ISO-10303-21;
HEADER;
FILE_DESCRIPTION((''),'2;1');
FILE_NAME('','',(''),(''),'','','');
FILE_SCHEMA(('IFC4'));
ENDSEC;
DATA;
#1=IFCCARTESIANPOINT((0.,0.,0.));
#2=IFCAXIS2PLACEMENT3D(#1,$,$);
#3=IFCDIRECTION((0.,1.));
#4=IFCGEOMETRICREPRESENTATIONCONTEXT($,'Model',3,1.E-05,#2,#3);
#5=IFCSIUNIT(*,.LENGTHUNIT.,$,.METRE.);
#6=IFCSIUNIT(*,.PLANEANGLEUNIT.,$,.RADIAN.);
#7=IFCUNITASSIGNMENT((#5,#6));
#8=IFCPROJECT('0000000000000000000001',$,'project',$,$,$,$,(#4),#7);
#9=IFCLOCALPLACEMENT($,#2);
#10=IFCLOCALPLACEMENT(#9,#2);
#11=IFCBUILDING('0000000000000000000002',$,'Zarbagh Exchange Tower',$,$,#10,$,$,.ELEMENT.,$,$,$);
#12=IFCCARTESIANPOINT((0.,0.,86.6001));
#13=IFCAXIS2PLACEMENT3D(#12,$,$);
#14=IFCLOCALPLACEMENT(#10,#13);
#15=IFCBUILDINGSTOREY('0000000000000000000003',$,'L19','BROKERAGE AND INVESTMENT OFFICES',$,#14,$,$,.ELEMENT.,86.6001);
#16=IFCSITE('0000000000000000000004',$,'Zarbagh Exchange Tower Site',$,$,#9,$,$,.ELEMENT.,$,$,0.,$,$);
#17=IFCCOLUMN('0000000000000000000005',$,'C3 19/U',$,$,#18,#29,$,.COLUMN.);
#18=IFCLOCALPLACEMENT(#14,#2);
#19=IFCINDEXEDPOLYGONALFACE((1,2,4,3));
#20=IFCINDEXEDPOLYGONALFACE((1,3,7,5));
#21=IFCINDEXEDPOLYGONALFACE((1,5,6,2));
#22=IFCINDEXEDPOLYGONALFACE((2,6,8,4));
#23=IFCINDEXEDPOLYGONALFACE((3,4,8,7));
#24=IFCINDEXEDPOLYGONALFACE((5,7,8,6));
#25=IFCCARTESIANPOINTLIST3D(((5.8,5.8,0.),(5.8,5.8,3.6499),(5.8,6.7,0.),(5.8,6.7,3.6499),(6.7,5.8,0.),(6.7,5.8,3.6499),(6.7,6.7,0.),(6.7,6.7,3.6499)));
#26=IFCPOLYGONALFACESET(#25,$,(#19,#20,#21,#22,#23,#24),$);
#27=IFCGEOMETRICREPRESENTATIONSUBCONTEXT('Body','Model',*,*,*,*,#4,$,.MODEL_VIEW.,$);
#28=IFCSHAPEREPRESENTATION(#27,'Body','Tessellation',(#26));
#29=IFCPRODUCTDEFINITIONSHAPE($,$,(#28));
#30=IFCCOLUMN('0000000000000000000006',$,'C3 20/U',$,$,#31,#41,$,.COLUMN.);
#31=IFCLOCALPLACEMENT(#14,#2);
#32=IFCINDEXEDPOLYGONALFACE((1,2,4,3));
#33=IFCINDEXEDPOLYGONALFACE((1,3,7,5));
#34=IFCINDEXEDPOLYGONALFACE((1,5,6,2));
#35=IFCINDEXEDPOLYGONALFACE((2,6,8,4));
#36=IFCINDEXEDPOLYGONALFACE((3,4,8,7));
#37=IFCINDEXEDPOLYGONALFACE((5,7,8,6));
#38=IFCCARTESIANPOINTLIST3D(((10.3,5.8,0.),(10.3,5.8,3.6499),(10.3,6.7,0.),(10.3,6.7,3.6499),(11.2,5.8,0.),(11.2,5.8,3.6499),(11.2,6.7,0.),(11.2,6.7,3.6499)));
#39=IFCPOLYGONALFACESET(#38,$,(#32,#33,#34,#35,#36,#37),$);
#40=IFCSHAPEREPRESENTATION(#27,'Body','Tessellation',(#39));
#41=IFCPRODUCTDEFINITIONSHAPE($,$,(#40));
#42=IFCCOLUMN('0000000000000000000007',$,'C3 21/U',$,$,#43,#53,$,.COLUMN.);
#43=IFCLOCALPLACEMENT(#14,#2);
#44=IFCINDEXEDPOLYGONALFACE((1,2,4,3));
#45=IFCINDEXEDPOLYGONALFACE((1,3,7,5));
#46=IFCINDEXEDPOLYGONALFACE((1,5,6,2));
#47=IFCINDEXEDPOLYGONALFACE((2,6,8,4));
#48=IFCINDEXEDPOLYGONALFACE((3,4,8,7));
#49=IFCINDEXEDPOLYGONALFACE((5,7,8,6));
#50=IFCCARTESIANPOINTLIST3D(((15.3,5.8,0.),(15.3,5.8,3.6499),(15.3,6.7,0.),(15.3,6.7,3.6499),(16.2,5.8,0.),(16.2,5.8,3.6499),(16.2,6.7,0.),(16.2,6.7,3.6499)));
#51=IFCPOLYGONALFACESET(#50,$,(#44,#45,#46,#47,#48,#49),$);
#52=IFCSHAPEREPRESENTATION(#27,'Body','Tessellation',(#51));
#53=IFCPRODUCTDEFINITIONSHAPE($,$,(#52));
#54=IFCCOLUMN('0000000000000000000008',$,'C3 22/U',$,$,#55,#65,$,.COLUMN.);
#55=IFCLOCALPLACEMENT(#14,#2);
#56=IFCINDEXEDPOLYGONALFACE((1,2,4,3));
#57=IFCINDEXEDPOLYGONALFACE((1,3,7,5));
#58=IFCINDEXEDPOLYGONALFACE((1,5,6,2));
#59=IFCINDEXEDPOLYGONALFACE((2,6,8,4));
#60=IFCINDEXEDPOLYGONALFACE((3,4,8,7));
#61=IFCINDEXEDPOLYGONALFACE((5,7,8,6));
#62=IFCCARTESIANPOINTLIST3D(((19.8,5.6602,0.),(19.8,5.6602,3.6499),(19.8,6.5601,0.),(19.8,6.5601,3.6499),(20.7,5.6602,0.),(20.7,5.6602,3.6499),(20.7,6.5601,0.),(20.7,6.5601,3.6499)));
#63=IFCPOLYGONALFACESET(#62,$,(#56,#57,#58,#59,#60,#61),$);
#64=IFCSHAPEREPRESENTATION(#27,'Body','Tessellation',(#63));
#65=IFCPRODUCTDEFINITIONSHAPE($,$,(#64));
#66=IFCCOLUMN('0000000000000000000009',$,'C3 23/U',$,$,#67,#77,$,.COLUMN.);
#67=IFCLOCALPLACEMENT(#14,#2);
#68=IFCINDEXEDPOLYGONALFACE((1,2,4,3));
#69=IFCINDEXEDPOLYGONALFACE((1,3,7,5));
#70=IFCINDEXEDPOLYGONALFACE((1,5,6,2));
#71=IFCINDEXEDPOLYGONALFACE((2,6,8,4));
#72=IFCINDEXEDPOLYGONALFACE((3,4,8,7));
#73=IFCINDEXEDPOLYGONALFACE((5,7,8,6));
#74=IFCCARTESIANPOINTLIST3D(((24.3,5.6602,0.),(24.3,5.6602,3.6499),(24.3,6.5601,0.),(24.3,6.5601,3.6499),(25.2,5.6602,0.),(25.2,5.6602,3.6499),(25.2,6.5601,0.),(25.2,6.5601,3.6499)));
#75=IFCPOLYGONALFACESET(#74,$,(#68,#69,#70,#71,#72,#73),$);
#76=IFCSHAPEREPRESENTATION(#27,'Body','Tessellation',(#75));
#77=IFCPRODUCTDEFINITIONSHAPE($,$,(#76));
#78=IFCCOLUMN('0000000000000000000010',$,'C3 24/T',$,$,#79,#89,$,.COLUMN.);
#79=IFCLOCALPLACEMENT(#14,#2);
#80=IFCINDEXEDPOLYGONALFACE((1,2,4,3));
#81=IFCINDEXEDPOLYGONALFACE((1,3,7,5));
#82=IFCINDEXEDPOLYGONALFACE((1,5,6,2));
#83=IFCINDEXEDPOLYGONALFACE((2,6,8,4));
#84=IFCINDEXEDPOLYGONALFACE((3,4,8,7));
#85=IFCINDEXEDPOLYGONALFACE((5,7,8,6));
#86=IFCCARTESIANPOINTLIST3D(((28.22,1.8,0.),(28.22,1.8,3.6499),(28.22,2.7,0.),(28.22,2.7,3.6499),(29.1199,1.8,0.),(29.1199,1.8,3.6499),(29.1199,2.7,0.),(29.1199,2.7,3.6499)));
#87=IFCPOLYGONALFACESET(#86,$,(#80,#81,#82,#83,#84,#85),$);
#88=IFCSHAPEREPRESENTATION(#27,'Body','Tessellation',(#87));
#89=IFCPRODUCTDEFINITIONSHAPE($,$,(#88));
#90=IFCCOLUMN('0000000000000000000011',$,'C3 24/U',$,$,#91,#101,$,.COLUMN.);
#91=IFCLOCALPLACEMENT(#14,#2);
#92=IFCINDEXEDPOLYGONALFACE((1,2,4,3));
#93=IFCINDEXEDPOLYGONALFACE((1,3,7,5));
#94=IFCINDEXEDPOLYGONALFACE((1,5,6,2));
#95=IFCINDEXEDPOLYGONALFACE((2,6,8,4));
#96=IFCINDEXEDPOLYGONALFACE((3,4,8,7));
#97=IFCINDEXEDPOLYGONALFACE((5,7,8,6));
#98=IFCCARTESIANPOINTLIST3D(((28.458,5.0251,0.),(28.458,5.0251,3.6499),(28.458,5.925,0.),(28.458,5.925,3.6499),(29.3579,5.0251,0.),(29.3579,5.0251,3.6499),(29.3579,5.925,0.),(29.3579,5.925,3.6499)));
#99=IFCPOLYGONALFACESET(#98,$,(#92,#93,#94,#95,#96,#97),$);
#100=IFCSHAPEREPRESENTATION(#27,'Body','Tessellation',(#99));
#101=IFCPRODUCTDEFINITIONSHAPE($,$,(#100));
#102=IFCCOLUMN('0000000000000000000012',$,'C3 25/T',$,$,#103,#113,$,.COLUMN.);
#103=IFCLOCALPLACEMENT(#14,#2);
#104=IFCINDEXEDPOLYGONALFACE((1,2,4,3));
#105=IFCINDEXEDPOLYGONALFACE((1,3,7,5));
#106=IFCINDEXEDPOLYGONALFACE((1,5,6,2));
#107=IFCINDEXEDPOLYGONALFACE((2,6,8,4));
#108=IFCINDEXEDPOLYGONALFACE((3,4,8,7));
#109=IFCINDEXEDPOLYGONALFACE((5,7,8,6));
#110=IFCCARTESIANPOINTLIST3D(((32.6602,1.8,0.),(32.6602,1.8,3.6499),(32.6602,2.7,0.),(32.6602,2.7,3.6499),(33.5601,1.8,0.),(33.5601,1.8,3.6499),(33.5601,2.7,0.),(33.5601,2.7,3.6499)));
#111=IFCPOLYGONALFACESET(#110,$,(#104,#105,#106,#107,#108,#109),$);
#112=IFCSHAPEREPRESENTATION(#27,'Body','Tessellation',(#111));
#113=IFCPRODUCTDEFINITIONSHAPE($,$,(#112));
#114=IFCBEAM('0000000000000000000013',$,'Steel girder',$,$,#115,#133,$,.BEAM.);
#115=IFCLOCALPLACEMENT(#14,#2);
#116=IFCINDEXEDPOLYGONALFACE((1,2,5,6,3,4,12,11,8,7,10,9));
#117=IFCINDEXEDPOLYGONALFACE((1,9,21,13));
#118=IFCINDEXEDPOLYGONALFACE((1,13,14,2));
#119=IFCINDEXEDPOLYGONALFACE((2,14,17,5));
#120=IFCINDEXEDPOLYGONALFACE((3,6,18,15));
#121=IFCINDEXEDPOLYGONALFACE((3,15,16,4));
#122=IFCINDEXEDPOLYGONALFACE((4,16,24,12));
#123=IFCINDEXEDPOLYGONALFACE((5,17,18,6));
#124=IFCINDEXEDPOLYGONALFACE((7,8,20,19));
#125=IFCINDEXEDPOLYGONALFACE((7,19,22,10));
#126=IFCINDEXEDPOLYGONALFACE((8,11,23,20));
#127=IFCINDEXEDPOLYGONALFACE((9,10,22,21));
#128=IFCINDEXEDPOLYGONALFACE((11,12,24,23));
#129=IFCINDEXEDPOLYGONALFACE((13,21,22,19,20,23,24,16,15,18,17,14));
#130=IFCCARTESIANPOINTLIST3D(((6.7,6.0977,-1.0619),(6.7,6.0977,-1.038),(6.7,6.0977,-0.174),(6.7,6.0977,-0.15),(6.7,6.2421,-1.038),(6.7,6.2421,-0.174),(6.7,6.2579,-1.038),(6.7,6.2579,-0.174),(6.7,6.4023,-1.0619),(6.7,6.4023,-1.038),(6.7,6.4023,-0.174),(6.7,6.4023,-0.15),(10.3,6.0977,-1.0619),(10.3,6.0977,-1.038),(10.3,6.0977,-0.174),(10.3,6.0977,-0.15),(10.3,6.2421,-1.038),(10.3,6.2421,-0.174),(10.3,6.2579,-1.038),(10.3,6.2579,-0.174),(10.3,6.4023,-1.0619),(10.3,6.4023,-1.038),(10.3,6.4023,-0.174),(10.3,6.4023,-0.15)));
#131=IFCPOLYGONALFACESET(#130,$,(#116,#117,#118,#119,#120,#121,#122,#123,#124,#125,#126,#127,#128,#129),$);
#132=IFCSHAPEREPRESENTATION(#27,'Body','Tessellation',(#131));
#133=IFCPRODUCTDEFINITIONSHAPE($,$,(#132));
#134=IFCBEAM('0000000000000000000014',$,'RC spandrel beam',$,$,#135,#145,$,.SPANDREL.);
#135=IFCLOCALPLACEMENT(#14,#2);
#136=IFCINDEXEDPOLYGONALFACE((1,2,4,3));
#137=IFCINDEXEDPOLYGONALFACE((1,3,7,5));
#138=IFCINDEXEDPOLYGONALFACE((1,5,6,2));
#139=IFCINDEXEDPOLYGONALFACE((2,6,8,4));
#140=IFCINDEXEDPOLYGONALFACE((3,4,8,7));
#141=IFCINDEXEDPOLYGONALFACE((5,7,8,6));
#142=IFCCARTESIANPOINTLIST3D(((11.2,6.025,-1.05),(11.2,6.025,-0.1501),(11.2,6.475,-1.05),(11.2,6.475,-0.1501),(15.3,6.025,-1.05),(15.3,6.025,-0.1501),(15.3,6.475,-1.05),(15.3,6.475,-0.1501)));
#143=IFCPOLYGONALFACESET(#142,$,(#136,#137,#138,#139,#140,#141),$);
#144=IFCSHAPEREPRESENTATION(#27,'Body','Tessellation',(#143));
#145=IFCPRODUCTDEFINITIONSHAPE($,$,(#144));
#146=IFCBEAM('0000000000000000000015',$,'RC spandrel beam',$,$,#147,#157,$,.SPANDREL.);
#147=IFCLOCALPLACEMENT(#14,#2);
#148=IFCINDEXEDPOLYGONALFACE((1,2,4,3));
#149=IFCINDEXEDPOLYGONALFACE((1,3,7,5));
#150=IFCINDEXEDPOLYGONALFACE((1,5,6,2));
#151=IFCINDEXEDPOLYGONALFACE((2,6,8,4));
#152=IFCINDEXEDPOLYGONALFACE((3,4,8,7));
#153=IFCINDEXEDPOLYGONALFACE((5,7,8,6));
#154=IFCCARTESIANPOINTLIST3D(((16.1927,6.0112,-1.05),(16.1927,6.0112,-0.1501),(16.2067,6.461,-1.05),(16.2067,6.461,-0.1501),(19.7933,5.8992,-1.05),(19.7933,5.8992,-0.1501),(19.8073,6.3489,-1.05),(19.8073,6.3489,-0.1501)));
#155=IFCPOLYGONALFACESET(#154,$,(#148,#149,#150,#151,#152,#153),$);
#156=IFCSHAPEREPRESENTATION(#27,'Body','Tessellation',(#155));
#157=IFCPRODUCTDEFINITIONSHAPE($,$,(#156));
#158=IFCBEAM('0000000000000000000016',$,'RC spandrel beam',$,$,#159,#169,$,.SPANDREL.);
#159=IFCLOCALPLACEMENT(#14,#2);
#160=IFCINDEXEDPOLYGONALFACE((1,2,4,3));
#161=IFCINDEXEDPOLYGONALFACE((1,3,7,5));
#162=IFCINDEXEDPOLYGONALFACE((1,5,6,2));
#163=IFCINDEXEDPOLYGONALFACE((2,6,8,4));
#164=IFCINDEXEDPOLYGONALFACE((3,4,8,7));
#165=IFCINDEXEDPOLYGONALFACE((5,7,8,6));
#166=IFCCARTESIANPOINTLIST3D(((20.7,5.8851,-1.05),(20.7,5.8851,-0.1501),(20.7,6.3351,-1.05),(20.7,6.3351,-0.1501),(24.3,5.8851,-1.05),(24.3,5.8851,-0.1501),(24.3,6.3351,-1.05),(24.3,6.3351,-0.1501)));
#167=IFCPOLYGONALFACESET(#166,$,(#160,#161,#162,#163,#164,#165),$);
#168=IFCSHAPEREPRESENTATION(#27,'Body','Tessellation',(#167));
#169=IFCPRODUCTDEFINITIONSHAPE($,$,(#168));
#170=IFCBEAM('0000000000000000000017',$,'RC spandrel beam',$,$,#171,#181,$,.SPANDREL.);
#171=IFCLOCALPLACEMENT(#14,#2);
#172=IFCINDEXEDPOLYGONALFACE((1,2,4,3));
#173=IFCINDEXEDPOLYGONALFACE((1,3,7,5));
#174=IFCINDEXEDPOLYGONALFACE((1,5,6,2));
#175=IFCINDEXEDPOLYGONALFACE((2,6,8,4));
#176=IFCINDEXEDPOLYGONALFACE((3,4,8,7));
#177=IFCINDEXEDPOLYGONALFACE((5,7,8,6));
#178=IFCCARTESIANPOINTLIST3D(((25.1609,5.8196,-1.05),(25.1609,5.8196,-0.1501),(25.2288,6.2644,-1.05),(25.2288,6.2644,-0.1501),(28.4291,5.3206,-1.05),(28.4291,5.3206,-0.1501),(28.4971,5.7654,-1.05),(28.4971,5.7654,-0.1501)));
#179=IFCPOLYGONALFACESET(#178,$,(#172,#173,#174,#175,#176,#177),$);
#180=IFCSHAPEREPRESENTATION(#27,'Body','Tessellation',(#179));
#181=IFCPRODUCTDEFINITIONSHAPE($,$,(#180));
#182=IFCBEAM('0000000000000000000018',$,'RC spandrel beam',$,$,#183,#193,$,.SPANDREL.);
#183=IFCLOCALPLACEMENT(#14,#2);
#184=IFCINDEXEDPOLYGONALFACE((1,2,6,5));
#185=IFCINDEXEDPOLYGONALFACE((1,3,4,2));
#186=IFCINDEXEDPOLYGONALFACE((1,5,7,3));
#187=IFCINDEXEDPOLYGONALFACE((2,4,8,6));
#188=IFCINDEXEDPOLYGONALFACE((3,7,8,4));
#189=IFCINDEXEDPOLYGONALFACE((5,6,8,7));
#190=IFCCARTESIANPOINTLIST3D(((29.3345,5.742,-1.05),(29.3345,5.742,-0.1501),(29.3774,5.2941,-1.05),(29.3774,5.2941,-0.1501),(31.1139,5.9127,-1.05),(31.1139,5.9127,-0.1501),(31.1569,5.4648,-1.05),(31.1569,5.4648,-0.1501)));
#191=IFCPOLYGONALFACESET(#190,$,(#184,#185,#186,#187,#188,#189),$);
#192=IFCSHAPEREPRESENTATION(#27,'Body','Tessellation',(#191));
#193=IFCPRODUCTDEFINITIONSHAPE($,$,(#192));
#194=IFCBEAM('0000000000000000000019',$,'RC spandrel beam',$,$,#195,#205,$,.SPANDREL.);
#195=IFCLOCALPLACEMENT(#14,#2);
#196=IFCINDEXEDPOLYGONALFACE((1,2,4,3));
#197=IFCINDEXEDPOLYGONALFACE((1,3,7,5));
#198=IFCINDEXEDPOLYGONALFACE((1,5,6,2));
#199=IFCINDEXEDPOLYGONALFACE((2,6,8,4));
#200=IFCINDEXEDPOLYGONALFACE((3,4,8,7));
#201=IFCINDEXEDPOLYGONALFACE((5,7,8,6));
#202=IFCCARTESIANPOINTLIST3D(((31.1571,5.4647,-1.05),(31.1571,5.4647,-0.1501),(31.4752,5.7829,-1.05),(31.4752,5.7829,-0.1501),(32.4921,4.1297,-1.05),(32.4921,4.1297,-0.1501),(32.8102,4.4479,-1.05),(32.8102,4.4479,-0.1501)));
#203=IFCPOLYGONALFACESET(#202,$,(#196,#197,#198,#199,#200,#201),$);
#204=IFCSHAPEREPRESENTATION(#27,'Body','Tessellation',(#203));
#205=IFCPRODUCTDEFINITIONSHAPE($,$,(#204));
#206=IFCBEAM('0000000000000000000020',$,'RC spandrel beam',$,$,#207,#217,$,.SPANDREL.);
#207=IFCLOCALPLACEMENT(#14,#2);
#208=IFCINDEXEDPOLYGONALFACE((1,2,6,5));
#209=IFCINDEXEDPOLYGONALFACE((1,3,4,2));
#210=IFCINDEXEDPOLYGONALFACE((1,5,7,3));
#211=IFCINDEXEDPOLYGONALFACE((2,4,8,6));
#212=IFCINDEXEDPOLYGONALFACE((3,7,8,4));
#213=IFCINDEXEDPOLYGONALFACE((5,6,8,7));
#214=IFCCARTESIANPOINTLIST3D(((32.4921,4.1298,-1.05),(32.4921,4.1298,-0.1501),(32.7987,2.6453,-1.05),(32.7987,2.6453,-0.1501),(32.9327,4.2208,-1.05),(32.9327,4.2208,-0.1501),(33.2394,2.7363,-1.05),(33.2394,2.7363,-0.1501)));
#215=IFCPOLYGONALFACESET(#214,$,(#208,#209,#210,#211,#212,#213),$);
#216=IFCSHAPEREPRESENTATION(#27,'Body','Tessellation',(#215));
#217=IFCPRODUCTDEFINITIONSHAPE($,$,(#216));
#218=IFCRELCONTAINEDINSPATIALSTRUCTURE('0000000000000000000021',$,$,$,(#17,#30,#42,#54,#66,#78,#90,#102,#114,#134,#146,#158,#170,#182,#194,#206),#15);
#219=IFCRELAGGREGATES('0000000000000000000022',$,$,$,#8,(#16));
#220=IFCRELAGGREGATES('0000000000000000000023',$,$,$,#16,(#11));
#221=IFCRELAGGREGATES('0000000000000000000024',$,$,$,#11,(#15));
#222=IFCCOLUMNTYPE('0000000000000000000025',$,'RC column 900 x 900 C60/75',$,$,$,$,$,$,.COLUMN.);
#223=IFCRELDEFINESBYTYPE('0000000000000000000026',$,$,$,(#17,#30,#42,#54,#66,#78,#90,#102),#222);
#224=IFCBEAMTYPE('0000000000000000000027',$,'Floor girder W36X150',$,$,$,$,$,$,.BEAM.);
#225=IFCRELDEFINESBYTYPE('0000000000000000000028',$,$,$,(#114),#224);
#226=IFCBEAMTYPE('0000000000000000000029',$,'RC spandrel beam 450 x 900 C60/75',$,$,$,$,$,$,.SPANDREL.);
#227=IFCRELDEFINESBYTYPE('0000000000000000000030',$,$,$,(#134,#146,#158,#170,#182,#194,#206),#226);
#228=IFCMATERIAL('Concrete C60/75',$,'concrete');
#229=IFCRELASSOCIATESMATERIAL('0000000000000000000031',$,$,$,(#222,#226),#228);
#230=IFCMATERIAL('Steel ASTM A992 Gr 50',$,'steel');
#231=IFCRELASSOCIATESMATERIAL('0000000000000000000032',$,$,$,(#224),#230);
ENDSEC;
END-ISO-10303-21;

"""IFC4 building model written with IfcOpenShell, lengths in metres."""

from ifc_helpers import new_model, si_unit, direction, frame, origin, origin_2d, place, context, subcontext, project, spatial, rectangle, i_section, extrude, material, material_profile, profile_set, type_object, element, save


model = new_model("IFC4")

# Units and contexts
model_context = context("Model", 3, precision=1e-05, world=origin(), true_north=direction((0.0, 1.0)))
body_context = subcontext(model_context, "Body", "Model", "MODEL_VIEW")
ifc_project = project(units=[si_unit("LENGTHUNIT", "METRE"), si_unit("PLANEANGLEUNIT", "RADIAN")], contexts=[model_context])

# Site, building, storey
site_placement = place(None, origin())
site = spatial("IfcSite", under=ifc_project, at=site_placement, Name="Zarbagh Exchange Tower Site", CompositionType="ELEMENT", RefElevation=0.0)
building_placement = place(site_placement, origin())
building = spatial("IfcBuilding", under=site, at=building_placement, Name="Zarbagh Exchange Tower", CompositionType="ELEMENT")
storey_placement = place(building_placement, frame((0.0, 0.0, 86.6001)))
storey = spatial("IfcBuildingStorey", under=building, at=storey_placement, Name="L19", Description="BROKERAGE AND INVESTMENT OFFICES", CompositionType="ELEMENT", Elevation=86.6001)

# Columns
ifc_material_1 = material(Name="Concrete C60/75", Category="concrete")
ifc_material_profile_1 = material_profile(ifc_material_1, rectangle(XDim=0.8999, YDim=0.8999, at=origin_2d()), Name="RC column 900 x 900 C60/75")
ifc_profile_set_1 = profile_set([ifc_material_profile_1], Name="Concrete C60/75")
column_type = type_object("IfcColumnType", Name="RC column 900 x 900 C60/75", PredefinedType="COLUMN", material=ifc_profile_set_1)
for number, where, z_axis, x_axis, name in (
    (1, (6.25, 6.25, 0.0), (0.0, 0.0, 1.0), (1.0, 0.0, 0.0), "C3 19/U"),
    (2, (10.75, 6.25, 0.0), (0.0, 0.0, 1.0), (1.0, 0.0, 0.0), "C3 20/U"),
    (3, (15.75, 6.25, 0.0), (0.0, 0.0, 1.0), (1.0, 0.0, 0.0), "C3 21/U"),
    (4, (20.25, 6.1101, 0.0), (0.0, 0.0, 1.0), (1.0, 0.0, 0.0), "C3 22/U"),
    (5, (24.75, 6.1101, 0.0), (0.0, 0.0, 1.0), (1.0, 0.0, 0.0), "C3 23/U"),
    (6, (28.6699, 2.25, 0.0), (0.0, 0.0, 1.0), (1.0, 0.0, 0.0), "C3 24/T"),
    (7, (28.908, 5.4751, 0.0), (0.0, 0.0, 1.0), (1.0, 0.0, 0.0), "C3 24/U"),
    (8, (33.1101, 2.25, 0.0), (0.0, 0.0, 1.0), (1.0, 0.0, 0.0), "C3 25/T"),
):
    element("IfcColumn", number, at=place(storey_placement, frame(where, z_axis=z_axis, x_axis=x_axis)), inside=storey, type_object=column_type, Name=name, PredefinedType="COLUMN", context=body_context, shape_type="SweptSolid", body=[
        extrude(rectangle(XDim=0.8999, YDim=0.8999, at=origin_2d()), origin(), (0.0, 0.0, 1.0), 3.6499),
    ])

# Beams
ifc_material_2 = material(Name="Steel ASTM A992 Gr 50", Category="steel")
ifc_material_profile_2 = material_profile(ifc_material_2, i_section(OverallWidth=0.3047, OverallDepth=0.9119, WebThickness=0.0159, FlangeThickness=0.0239, at=origin_2d()), Name="W36X150")
ifc_profile_set_2 = profile_set([ifc_material_profile_2], Name="Steel ASTM A992 Gr 50")
beam_type_1 = type_object("IfcBeamType", Name="Floor girder W36X150", PredefinedType="BEAM", material=ifc_profile_set_2)
beam_1_placement = place(storey_placement, frame((6.7, 6.25, -0.606), z_axis=(1.0, 0.0, 0.0), x_axis=(0.0, 1.0, 0.0)))
element("IfcBeam", 9, at=beam_1_placement, inside=storey, type_object=beam_type_1, Name="Steel girder", PredefinedType="BEAM", context=body_context, shape_type="SweptSolid", body=[
    extrude(i_section(OverallWidth=0.3047, OverallDepth=0.9119, WebThickness=0.0159, FlangeThickness=0.0239, at=origin_2d()), origin(), (0.0, 0.0, 1.0), 3.6001),
])
ifc_material_profile_3 = material_profile(ifc_material_1, rectangle(XDim=0.45, YDim=0.8999, at=origin_2d()), Name="RC spandrel beam 450 x 900 C60/75")
ifc_profile_set_3 = profile_set([ifc_material_profile_3], Name="Concrete C60/75")
beam_type_2 = type_object("IfcBeamType", Name="RC spandrel beam 450 x 900 C60/75", PredefinedType="SPANDREL", material=ifc_profile_set_3)
beam_2_placement = place(storey_placement, frame((11.2, 6.25, -0.6001), z_axis=(1.0, 0.0, 0.0), x_axis=(0.0, 1.0, 0.0)))
element("IfcBeam", 10, at=beam_2_placement, inside=storey, type_object=beam_type_2, Name="RC spandrel beam", PredefinedType="SPANDREL", context=body_context, shape_type="SweptSolid", body=[
    extrude(rectangle(XDim=0.45, YDim=0.8999, at=origin_2d()), origin(), (0.0, 0.0, 1.0), 4.1001),
])
beam_3_placement = place(storey_placement, frame((16.1997, 6.2361, -0.6001), z_axis=(0.999516, -0.031108, 0.0), x_axis=(0.031108, 0.999516, 0.0)))
element("IfcBeam", 11, at=beam_3_placement, inside=storey, type_object=beam_type_2, Name="RC spandrel beam", PredefinedType="SPANDREL", context=body_context, shape_type="SweptSolid", body=[
    extrude(rectangle(XDim=0.45, YDim=0.8999, at=origin_2d()), origin(), (0.0, 0.0, 1.0), 3.6023),
])
beam_4_placement = place(storey_placement, frame((20.7, 6.1101, -0.6001), z_axis=(1.0, 0.0, 0.0), x_axis=(0.0, 1.0, 0.0)))
element("IfcBeam", 12, at=beam_4_placement, inside=storey, type_object=beam_type_2, Name="RC spandrel beam", PredefinedType="SPANDREL", context=body_context, shape_type="SweptSolid", body=[
    extrude(rectangle(XDim=0.45, YDim=0.8999, at=origin_2d()), origin(), (0.0, 0.0, 1.0), 3.6001),
])
beam_5_placement = place(storey_placement, frame((25.1948, 6.042, -0.6001), z_axis=(0.988544, -0.150936, 0.0), x_axis=(0.150936, 0.988544, 0.0)))
element("IfcBeam", 13, at=beam_5_placement, inside=storey, type_object=beam_type_2, Name="RC spandrel beam", PredefinedType="SPANDREL", context=body_context, shape_type="SweptSolid", body=[
    extrude(rectangle(XDim=0.45, YDim=0.8999, at=origin_2d()), origin(), (0.0, 0.0, 1.0), 3.3062),
])
beam_6_placement = place(storey_placement, frame((29.356, 5.5181, -0.6001), z_axis=(0.995433, 0.09546, 0.0), x_axis=(-0.09546, 0.995433, 0.0)))
element("IfcBeam", 14, at=beam_6_placement, inside=storey, type_object=beam_type_2, Name="RC spandrel beam", PredefinedType="SPANDREL", context=body_context, shape_type="SweptSolid", body=[
    extrude(rectangle(XDim=0.45, YDim=0.8999, at=origin_2d()), origin(), (0.0, 0.0, 1.0), 1.7876),
])
beam_7_placement = place(storey_placement, frame((31.3162, 5.6238, -0.6001), z_axis=(0.707107, -0.707107, 0.0), x_axis=(0.707107, 0.707107, 0.0)))
element("IfcBeam", 15, at=beam_7_placement, inside=storey, type_object=beam_type_2, Name="RC spandrel beam", PredefinedType="SPANDREL", context=body_context, shape_type="SweptSolid", body=[
    extrude(rectangle(XDim=0.45, YDim=0.8999, at=origin_2d()), origin(), (0.0, 0.0, 1.0), 1.8879),
])
beam_8_placement = place(storey_placement, frame((32.7124, 4.1753, -0.6001), z_axis=(0.202275, -0.979329, 0.0), x_axis=(0.979329, 0.202275, 0.0)))
element("IfcBeam", 16, at=beam_8_placement, inside=storey, type_object=beam_type_2, Name="RC spandrel beam", PredefinedType="SPANDREL", context=body_context, shape_type="SweptSolid", body=[
    extrude(rectangle(XDim=0.45, YDim=0.8999, at=origin_2d()), origin(), (0.0, 0.0, 1.0), 1.5159),
])

save(model, "model.ifc")
